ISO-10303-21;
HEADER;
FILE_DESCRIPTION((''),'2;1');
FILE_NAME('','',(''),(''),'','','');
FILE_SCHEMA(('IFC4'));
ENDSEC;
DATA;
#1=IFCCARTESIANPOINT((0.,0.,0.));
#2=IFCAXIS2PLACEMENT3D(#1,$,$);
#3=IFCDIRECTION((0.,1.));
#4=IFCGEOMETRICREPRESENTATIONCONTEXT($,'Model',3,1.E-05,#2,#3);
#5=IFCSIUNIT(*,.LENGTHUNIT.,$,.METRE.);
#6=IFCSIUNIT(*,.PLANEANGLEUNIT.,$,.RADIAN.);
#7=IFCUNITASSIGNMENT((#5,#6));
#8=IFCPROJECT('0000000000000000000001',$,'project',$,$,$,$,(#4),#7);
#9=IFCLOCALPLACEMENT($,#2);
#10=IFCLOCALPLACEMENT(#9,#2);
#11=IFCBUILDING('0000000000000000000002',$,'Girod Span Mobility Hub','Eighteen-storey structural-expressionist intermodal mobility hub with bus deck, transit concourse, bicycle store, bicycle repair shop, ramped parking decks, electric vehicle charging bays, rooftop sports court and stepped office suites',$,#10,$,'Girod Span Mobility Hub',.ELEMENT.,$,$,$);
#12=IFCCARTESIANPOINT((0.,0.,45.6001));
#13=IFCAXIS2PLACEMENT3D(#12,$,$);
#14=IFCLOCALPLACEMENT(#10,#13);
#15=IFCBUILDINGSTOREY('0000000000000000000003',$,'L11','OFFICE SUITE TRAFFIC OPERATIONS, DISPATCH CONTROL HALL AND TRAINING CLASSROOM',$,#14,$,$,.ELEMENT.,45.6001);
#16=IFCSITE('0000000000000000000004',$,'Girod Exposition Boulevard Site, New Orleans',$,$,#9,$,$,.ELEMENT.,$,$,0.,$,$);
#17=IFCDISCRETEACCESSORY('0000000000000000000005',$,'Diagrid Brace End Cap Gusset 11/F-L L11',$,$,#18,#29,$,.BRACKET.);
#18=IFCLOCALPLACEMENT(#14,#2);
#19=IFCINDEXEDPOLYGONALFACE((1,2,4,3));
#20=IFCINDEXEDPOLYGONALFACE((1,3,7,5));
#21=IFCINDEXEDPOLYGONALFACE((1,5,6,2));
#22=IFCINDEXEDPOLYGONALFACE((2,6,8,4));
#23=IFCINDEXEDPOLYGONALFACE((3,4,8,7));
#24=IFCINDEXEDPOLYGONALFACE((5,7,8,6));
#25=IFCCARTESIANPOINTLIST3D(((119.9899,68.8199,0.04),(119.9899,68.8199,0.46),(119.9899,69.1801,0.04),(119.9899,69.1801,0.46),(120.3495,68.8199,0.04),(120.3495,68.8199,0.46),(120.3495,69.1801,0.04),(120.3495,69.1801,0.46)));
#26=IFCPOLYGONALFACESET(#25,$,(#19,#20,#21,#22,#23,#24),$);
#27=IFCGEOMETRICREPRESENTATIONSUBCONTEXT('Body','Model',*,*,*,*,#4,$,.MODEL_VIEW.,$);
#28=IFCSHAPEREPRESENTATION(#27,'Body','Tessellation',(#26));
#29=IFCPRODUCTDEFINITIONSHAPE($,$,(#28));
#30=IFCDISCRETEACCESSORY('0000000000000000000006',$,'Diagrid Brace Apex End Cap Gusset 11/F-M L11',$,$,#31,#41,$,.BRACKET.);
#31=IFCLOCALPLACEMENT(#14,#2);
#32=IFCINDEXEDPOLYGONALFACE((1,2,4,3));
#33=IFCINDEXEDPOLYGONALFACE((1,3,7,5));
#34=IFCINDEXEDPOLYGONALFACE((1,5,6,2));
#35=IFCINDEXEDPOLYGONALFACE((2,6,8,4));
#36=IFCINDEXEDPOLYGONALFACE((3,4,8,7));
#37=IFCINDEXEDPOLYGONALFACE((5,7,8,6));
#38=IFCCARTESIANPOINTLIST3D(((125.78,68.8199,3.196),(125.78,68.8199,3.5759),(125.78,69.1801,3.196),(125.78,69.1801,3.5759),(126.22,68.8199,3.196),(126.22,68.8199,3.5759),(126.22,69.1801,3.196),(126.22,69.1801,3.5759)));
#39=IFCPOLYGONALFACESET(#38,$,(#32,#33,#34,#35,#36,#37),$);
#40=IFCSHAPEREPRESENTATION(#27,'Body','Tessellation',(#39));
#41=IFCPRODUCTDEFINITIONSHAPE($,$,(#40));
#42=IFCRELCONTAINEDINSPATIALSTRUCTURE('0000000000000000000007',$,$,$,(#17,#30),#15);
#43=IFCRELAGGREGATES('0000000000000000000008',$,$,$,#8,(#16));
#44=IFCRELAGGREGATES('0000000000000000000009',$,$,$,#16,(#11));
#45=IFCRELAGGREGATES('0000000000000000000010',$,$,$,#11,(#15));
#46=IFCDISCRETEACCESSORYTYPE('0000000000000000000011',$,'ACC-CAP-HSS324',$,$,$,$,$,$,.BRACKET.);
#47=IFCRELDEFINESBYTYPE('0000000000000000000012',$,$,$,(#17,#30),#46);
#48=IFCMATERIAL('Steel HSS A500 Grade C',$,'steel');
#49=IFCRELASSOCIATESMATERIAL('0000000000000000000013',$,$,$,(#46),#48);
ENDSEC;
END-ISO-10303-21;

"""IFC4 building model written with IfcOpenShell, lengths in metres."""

from ifc_helpers import new_model, si_unit, direction, frame, origin, origin_2d, place, context, subcontext, project, spatial, rectangle, extrude, material, type_object, element, save


model = new_model("IFC4")

# Units and contexts
model_context = context("Model", 3, precision=1e-05, world=origin(), true_north=direction((0.0, 1.0)))
body_context = subcontext(model_context, "Body", "Model", "MODEL_VIEW")
ifc_project = project(units=[si_unit("LENGTHUNIT", "METRE"), si_unit("PLANEANGLEUNIT", "RADIAN")], contexts=[model_context])

# Site, building, storey
site_placement = place(None, origin())
site = spatial("IfcSite", under=ifc_project, at=site_placement, Name="Girod Exposition Boulevard Site, New Orleans", CompositionType="ELEMENT", RefElevation=0.0)
building_placement = place(site_placement, origin())
building = spatial("IfcBuilding", under=site, at=building_placement, Name="Girod Span Mobility Hub", Description="Eighteen-storey structural-expressionist intermodal mobility hub with bus deck, transit concourse, bicycle store, bicycle repair shop, ramped parking decks, electric vehicle charging bays, rooftop sports court and stepped office suites", LongName="Girod Span Mobility Hub", CompositionType="ELEMENT")
storey_placement = place(building_placement, frame((0.0, 0.0, 45.6001)))
storey = spatial("IfcBuildingStorey", under=building, at=storey_placement, Name="L11", Description="OFFICE SUITE TRAFFIC OPERATIONS, DISPATCH CONTROL HALL AND TRAINING CLASSROOM", CompositionType="ELEMENT", Elevation=45.6001)

# Discrete accessories
ifc_material_1 = material(Name="Steel HSS A500 Grade C", Category="steel")
discrete_accessory_type = type_object("IfcDiscreteAccessoryType", Name="ACC-CAP-HSS324", PredefinedType="BRACKET", material=ifc_material_1)
discrete_accessory_1_placement = place(storey_placement, frame((120.1697, 69.0, 0.04), z_axis=(0.0, 0.0, 1.0), x_axis=(1.0, 0.0, 0.0)))
element("IfcDiscreteAccessory", 1, at=discrete_accessory_1_placement, inside=storey, type_object=discrete_accessory_type, Name="Diagrid Brace End Cap Gusset 11/F-L L11", PredefinedType="BRACKET", context=body_context, shape_type="SweptSolid", body=[
    extrude(rectangle(XDim=0.3596, YDim=0.3601, at=origin_2d()), origin(), (0.0, 0.0, 1.0), 0.4199),
])
discrete_accessory_2_placement = place(storey_placement, frame((126.0, 69.0, 3.196), z_axis=(0.0, 0.0, 1.0), x_axis=(1.0, 0.0, 0.0)))
element("IfcDiscreteAccessory", 2, at=discrete_accessory_2_placement, inside=storey, type_object=discrete_accessory_type, Name="Diagrid Brace Apex End Cap Gusset 11/F-M L11", PredefinedType="BRACKET", context=body_context, shape_type="SweptSolid", body=[
    extrude(rectangle(XDim=0.4399, YDim=0.3601, at=origin_2d()), origin(), (0.0, 0.0, 1.0), 0.3799),
])

save(model, "model.ifc")
